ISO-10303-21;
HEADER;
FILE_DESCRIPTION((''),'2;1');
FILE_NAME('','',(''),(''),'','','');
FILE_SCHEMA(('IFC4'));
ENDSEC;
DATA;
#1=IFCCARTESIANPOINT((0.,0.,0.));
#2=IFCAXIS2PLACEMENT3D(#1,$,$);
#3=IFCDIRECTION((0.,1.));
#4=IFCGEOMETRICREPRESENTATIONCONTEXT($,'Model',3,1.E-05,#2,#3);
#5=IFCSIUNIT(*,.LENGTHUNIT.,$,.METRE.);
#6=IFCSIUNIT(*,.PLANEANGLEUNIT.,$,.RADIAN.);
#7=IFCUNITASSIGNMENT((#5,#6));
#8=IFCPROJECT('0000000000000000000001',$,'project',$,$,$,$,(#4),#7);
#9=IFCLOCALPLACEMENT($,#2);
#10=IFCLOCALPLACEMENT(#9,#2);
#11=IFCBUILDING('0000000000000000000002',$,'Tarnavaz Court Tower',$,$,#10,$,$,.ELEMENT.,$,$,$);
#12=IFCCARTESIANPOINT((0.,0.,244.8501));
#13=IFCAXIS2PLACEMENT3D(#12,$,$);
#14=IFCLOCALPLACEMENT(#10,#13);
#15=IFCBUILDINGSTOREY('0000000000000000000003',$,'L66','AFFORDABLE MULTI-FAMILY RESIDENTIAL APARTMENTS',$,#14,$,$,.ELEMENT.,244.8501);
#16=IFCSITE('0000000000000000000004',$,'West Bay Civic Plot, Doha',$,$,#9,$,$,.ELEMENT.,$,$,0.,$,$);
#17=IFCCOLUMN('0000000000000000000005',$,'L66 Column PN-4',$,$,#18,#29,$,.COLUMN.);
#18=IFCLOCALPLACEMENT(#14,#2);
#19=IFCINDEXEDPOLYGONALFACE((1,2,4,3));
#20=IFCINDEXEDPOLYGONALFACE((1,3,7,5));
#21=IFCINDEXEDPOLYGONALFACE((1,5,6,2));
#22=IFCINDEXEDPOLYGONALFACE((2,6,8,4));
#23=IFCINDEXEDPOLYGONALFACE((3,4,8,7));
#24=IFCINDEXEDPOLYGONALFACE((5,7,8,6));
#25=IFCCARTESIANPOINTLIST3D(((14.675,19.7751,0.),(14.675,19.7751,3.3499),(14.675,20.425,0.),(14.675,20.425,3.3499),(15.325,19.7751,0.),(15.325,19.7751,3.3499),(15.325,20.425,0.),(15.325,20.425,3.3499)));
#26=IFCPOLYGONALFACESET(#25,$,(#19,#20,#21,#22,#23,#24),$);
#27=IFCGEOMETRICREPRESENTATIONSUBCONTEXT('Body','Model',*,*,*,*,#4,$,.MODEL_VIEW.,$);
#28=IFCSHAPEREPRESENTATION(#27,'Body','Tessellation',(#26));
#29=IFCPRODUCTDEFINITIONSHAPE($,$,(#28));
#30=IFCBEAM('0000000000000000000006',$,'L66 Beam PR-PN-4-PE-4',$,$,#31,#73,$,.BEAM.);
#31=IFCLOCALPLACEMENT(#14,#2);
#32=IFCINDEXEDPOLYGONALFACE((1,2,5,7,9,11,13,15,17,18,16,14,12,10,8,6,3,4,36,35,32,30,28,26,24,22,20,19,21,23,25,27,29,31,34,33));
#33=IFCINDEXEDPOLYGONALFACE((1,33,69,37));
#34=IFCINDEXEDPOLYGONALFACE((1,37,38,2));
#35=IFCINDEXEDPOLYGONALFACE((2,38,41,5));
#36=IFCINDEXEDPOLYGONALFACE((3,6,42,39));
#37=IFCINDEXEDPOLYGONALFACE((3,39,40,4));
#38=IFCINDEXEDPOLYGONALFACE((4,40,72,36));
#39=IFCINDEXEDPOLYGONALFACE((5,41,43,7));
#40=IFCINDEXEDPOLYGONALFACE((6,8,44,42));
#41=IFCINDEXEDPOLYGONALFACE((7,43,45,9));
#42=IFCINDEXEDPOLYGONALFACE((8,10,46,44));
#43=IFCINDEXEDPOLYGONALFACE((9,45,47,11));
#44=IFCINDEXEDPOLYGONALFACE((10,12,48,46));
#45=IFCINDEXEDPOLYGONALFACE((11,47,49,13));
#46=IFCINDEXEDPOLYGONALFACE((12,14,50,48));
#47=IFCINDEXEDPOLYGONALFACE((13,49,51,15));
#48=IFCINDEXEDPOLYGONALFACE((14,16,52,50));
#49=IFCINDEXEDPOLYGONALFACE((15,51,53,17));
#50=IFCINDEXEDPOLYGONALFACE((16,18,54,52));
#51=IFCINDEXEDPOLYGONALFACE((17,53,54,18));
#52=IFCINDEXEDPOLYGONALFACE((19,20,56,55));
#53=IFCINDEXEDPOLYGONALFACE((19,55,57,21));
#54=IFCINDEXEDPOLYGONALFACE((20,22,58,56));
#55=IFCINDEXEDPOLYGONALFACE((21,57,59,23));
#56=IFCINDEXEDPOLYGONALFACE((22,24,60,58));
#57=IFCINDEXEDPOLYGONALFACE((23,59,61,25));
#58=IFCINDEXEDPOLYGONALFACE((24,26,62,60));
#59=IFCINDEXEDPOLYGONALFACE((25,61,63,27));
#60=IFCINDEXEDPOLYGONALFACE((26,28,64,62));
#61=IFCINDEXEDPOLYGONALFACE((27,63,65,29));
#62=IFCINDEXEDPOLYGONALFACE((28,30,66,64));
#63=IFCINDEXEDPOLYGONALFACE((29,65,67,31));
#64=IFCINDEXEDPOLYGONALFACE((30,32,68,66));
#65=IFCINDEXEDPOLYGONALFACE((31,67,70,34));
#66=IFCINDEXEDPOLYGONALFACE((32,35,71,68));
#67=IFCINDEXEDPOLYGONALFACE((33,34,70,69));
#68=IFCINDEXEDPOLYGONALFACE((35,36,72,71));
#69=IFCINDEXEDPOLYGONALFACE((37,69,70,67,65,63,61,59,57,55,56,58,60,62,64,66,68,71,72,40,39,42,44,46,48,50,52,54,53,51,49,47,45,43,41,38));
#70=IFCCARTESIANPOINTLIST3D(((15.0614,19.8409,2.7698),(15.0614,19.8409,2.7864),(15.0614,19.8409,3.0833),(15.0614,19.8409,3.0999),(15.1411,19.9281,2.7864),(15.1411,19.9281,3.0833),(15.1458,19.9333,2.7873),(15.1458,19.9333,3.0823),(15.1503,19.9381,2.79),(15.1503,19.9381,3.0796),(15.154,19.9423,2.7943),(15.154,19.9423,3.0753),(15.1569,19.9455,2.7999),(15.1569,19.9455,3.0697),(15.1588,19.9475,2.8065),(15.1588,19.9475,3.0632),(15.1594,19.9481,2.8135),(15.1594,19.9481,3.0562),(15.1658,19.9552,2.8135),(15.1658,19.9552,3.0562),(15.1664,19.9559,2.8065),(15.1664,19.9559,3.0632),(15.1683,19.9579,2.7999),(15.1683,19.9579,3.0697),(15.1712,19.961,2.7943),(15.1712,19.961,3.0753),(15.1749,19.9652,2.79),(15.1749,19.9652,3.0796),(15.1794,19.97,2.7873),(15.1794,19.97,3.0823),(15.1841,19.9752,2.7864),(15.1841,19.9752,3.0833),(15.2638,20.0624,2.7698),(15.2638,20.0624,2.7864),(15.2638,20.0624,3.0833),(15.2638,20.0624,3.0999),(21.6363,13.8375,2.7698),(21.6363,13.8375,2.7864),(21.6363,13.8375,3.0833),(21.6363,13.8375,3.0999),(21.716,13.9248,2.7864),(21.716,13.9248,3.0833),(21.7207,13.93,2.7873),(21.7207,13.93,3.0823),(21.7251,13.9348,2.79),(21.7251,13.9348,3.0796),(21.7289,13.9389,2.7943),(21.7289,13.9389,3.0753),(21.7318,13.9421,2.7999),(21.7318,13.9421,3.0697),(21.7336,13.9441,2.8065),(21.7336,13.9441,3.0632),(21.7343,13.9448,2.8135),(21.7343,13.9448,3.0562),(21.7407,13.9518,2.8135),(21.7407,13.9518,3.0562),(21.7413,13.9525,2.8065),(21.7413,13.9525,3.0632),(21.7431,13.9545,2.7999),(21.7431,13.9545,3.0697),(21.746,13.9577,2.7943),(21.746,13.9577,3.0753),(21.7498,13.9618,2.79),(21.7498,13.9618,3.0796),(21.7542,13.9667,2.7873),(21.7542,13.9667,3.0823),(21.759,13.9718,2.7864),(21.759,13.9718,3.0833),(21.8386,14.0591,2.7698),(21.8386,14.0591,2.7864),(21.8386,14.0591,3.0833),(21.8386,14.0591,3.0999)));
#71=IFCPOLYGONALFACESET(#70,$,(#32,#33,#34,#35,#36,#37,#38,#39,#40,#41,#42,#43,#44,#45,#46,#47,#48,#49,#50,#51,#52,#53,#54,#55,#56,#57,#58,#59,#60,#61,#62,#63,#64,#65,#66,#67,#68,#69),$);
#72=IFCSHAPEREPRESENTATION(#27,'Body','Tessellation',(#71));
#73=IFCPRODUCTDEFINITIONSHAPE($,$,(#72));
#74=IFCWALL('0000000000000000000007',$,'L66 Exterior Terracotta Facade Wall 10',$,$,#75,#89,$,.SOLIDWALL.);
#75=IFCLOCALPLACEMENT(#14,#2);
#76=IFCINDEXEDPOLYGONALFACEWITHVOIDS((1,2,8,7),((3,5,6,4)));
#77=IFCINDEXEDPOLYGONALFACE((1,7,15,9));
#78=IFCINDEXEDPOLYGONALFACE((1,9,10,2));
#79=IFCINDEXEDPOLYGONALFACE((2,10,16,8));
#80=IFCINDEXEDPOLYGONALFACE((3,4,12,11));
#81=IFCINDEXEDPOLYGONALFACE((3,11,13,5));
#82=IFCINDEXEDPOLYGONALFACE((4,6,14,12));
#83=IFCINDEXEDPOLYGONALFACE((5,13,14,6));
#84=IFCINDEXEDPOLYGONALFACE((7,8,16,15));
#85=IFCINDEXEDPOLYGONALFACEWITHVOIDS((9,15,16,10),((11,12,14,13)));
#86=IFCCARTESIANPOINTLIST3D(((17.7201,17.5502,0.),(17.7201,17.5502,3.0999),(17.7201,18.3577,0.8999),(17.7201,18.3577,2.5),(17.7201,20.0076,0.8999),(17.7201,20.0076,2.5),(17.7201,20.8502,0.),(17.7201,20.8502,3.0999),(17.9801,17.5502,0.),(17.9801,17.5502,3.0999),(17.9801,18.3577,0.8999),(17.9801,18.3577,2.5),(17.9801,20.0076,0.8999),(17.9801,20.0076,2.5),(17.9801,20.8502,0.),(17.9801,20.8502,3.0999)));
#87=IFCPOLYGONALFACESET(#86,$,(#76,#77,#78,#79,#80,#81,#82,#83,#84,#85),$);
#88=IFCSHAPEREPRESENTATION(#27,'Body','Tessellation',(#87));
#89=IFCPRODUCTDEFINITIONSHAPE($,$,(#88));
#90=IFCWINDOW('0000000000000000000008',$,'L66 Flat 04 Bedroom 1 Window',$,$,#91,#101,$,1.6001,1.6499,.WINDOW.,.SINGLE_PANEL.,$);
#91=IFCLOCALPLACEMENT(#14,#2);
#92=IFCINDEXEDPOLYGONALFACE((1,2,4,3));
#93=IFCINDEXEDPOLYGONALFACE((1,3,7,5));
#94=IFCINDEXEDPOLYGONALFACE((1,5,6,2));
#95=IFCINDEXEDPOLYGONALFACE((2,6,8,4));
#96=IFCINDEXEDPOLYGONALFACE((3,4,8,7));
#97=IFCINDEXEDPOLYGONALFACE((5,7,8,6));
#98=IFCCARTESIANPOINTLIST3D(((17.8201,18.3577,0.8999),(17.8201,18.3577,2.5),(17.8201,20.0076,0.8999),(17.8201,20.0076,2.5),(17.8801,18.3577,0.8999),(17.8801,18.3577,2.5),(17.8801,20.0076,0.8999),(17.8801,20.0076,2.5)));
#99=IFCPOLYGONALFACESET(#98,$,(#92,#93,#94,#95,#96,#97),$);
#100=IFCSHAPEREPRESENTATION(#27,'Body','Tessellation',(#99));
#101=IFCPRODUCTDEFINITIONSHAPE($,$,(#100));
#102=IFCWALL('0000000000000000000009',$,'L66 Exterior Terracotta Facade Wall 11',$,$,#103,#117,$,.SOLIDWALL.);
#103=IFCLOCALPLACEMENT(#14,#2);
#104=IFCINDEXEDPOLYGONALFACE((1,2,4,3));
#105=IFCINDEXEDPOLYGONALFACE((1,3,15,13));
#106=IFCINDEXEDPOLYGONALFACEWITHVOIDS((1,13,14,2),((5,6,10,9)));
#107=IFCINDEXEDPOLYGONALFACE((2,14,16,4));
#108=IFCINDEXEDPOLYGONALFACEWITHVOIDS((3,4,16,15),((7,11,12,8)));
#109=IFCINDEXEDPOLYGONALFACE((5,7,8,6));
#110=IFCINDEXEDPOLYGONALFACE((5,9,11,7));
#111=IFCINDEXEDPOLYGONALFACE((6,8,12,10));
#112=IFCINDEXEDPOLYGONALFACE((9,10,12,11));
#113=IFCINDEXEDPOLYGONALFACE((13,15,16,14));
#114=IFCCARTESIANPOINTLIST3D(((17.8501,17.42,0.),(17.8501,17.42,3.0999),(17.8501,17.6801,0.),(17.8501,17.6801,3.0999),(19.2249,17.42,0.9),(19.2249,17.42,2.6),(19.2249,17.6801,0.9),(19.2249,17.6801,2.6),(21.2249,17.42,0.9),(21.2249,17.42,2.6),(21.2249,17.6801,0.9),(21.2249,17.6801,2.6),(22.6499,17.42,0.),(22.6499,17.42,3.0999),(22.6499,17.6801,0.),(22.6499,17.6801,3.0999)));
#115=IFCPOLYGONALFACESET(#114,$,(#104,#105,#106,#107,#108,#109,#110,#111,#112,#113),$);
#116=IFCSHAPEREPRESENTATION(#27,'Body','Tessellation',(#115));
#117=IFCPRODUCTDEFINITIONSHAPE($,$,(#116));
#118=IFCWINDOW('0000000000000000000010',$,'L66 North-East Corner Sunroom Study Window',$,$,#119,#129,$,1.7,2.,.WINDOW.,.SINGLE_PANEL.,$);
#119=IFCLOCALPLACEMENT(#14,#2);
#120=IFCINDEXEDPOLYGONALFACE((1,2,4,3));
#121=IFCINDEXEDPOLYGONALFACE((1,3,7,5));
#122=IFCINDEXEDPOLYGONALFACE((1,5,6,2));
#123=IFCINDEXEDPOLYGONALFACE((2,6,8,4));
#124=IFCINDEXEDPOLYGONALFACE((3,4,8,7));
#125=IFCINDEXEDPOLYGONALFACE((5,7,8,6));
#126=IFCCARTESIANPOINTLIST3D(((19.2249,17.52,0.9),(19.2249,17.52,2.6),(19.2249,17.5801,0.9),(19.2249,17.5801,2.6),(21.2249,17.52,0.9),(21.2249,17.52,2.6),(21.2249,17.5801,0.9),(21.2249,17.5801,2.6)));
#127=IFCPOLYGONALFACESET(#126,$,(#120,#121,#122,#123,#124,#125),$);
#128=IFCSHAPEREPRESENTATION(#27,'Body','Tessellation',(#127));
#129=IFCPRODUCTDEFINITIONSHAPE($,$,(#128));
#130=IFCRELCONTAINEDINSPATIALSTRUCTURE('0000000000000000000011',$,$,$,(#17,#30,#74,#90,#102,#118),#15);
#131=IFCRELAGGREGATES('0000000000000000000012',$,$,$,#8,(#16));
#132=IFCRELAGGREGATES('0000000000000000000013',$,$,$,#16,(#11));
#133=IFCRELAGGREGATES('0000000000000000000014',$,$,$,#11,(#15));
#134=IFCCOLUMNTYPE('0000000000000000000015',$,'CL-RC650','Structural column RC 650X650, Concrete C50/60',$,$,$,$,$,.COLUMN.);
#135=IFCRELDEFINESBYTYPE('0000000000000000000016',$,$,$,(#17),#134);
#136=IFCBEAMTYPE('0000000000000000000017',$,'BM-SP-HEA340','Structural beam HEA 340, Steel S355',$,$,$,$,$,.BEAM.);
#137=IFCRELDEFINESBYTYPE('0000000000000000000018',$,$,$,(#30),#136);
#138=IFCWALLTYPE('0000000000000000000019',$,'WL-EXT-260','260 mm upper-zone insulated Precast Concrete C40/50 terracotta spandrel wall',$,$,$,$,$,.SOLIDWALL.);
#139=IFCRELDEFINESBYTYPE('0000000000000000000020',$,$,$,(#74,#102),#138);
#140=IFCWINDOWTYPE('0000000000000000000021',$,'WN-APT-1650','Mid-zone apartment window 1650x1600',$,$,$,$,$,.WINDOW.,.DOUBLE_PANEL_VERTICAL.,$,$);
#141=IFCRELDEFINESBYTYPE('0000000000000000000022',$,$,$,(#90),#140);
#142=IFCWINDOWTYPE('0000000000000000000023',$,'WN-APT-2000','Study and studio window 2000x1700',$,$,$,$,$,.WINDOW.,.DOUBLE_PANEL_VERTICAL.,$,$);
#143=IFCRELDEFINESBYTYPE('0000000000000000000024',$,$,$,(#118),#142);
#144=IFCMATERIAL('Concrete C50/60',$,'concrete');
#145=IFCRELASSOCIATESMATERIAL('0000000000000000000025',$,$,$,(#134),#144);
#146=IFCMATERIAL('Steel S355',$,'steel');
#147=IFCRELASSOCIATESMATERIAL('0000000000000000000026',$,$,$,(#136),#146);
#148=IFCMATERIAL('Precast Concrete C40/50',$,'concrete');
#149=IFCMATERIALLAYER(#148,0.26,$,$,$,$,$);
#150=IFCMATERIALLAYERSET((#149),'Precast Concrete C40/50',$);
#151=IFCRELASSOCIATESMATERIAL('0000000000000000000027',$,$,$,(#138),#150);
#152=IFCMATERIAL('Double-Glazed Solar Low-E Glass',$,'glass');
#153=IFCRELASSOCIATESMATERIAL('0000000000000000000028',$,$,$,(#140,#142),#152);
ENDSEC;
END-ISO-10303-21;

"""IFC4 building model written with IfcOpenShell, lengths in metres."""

from ifc_helpers import new_model, si_unit, direction, frame, frame_2d, origin, origin_2d, place, context, subcontext, project, spatial, rectangle, i_section, extrude, material, layer, layer_set, material_profile, profile_set, type_object, element, fill, save


model = new_model("IFC4")

# Units and contexts
model_context = context("Model", 3, precision=1e-05, world=origin(), true_north=direction((0.0, 1.0)))
body_context = subcontext(model_context, "Body", "Model", "MODEL_VIEW")
ifc_project = project(units=[si_unit("LENGTHUNIT", "METRE"), si_unit("PLANEANGLEUNIT", "RADIAN")], contexts=[model_context])

# Site, building, storey
site_placement = place(None, origin())
site = spatial("IfcSite", under=ifc_project, at=site_placement, Name="West Bay Civic Plot, Doha", CompositionType="ELEMENT", RefElevation=0.0)
building_placement = place(site_placement, origin())
building = spatial("IfcBuilding", under=site, at=building_placement, Name="Tarnavaz Court Tower", CompositionType="ELEMENT")
storey_placement = place(building_placement, frame((0.0, 0.0, 244.8501)))
storey = spatial("IfcBuildingStorey", under=building, at=storey_placement, Name="L66", Description="AFFORDABLE MULTI-FAMILY RESIDENTIAL APARTMENTS", CompositionType="ELEMENT", Elevation=244.8501)

# Column
ifc_material_1 = material(Name="Concrete C50/60", Category="concrete")
ifc_material_profile_1 = material_profile(ifc_material_1, rectangle(XDim=0.6499, YDim=0.6499, at=origin_2d()), Name="RC 650X650")
ifc_profile_set_1 = profile_set([ifc_material_profile_1], Name="Concrete C50/60")
column_type = type_object("IfcColumnType", Name="CL-RC650", Description="Structural column RC 650X650, Concrete C50/60", PredefinedType="COLUMN", material=ifc_profile_set_1)
column_placement = place(storey_placement, frame((15.0, 20.1001, 0.0), z_axis=(0.0, 0.0, 1.0), x_axis=(1.0, 0.0, 0.0)))
element("IfcColumn", 1, at=column_placement, inside=storey, type_object=column_type, Name="L66 Column PN-4", PredefinedType="COLUMN", context=body_context, shape_type="SweptSolid", body=[
    extrude(rectangle(XDim=0.6499, YDim=0.6499, at=origin_2d()), origin(), (0.0, 0.0, 1.0), 3.3499),
])

# Beam
ifc_material_2 = material(Name="Steel S355", Category="steel")
ifc_material_profile_2 = material_profile(ifc_material_2, i_section(OverallWidth=0.3, OverallDepth=0.3301, WebThickness=0.0095, FlangeThickness=0.0166, FilletRadius=0.0271, at=origin_2d()), Name="HEA 340")
ifc_profile_set_2 = profile_set([ifc_material_profile_2], Name="Steel S355")
beam_type = type_object("IfcBeamType", Name="BM-SP-HEA340", Description="Structural beam HEA 340, Steel S355", PredefinedType="BEAM", material=ifc_profile_set_2)
beam_placement = place(storey_placement, frame((15.1626, 19.9517, 2.9348), z_axis=(0.738474, -0.674282, 0.0), x_axis=(0.674282, 0.738474, 0.0)))
element("IfcBeam", 2, at=beam_placement, inside=storey, type_object=beam_type, Name="L66 Beam PR-PN-4-PE-4", PredefinedType="BEAM", context=body_context, shape_type="SweptSolid", body=[
    extrude(i_section(OverallWidth=0.3, OverallDepth=0.3301, WebThickness=0.0095, FlangeThickness=0.0166, FilletRadius=0.0271, at=origin_2d()), origin(), (0.0, 0.0, 1.0), 8.9033),
])

# Walls, openings, windows
ifc_material_3 = material(Name="Precast Concrete C40/50", Category="concrete")
ifc_layer_1 = layer(ifc_material_3, 0.26)
ifc_layer_set_1 = layer_set([ifc_layer_1], Name="Precast Concrete C40/50")
wall_type_1 = type_object("IfcWallType", Name="WL-EXT-260", Description="260 mm upper-zone insulated Precast Concrete C40/50 terracotta spandrel wall", PredefinedType="SOLIDWALL", material=ifc_layer_set_1)
wall_1_placement = place(storey_placement, frame((17.8501, 20.8501, 0.0), z_axis=(0.0, 0.0, 1.0), x_axis=(0.0, -1.0, 0.0)))
wall_1 = element("IfcWall", 3, at=wall_1_placement, inside=storey, type_object=wall_type_1, Name="L66 Exterior Terracotta Facade Wall 10", PredefinedType="SOLIDWALL", context=body_context, shape_type="SweptSolid", body=[
    extrude(rectangle(XDim=3.3, YDim=0.26, at=frame_2d((1.6499, 0.0))), origin(), (0.0, 0.0, 1.0), 3.0999),
])
opening_1_placement = place(wall_1_placement, frame((0.8425, 0.0, 0.8999)))
opening_1 = element("IfcOpeningElement", 4, at=opening_1_placement, cuts=wall_1, PredefinedType="OPENING", context=body_context, shape_type="SweptSolid", body=[
    extrude(rectangle(XDim=1.6499, YDim=1.6001, at=frame_2d((0.825, 0.8))), frame((0.0, 0.1399, 0.0), z_axis=(0.0, -1.0, 0.0), x_axis=(1.0, 0.0, 0.0)), (0.0, 0.0, 1.0), 0.28),
])
ifc_material_4 = material(Name="Double-Glazed Solar Low-E Glass", Category="glass")
window_type_1 = type_object("IfcWindowType", Name="WN-APT-1650", Description="Mid-zone apartment window 1650x1600", PartitioningType="DOUBLE_PANEL_VERTICAL", PredefinedType="WINDOW", material=ifc_material_4)
window_1_placement = place(opening_1_placement, origin())
window_1 = element("IfcWindow", 5, at=window_1_placement, inside=storey, type_object=window_type_1, Name="L66 Flat 04 Bedroom 1 Window", OverallHeight=1.6001, OverallWidth=1.6499, PartitioningType="SINGLE_PANEL", PredefinedType="WINDOW", context=body_context, shape_type="SweptSolid", body=[
    extrude(rectangle(XDim=1.6499, YDim=1.6001, at=frame_2d((0.825, 0.8))), frame((0.0, 0.03, 0.0), z_axis=(0.0, -1.0, 0.0), x_axis=(1.0, 0.0, 0.0)), (0.0, 0.0, 1.0), 0.0601),
])
fill(opening_1, window_1)
wall_2_placement = place(storey_placement, frame((17.8501, 17.55, 0.0), z_axis=(0.0, 0.0, 1.0), x_axis=(1.0, 0.0, 0.0)))
wall_2 = element("IfcWall", 6, at=wall_2_placement, inside=storey, type_object=wall_type_1, Name="L66 Exterior Terracotta Facade Wall 11", PredefinedType="SOLIDWALL", context=body_context, shape_type="SweptSolid", body=[
    extrude(rectangle(XDim=4.7998, YDim=0.26, at=frame_2d((2.3999, 0.0))), origin(), (0.0, 0.0, 1.0), 3.0999),
])
opening_2_placement = place(wall_2_placement, frame((1.3748, 0.0, 0.8999)))
opening_2 = element("IfcOpeningElement", 7, at=opening_2_placement, cuts=wall_2, PredefinedType="OPENING", context=body_context, shape_type="SweptSolid", body=[
    extrude(rectangle(XDim=2.0, YDim=1.7, at=frame_2d((1.0, 0.8501))), frame((0.0, 0.1399, 0.0), z_axis=(0.0, -1.0, 0.0), x_axis=(1.0, 0.0, 0.0)), (0.0, 0.0, 1.0), 0.28),
])
window_type_2 = type_object("IfcWindowType", Name="WN-APT-2000", Description="Study and studio window 2000x1700", PartitioningType="DOUBLE_PANEL_VERTICAL", PredefinedType="WINDOW", material=ifc_material_4)
window_2_placement = place(opening_2_placement, origin())
window_2 = element("IfcWindow", 8, at=window_2_placement, inside=storey, type_object=window_type_2, Name="L66 North-East Corner Sunroom Study Window", OverallHeight=1.7, OverallWidth=2.0, PartitioningType="SINGLE_PANEL", PredefinedType="WINDOW", context=body_context, shape_type="SweptSolid", body=[
    extrude(rectangle(XDim=2.0, YDim=1.7, at=frame_2d((1.0, 0.8501))), frame((0.0, 0.03, 0.0), z_axis=(0.0, -1.0, 0.0), x_axis=(1.0, 0.0, 0.0)), (0.0, 0.0, 1.0), 0.0601),
])
fill(opening_2, window_2)

save(model, "model.ifc")
